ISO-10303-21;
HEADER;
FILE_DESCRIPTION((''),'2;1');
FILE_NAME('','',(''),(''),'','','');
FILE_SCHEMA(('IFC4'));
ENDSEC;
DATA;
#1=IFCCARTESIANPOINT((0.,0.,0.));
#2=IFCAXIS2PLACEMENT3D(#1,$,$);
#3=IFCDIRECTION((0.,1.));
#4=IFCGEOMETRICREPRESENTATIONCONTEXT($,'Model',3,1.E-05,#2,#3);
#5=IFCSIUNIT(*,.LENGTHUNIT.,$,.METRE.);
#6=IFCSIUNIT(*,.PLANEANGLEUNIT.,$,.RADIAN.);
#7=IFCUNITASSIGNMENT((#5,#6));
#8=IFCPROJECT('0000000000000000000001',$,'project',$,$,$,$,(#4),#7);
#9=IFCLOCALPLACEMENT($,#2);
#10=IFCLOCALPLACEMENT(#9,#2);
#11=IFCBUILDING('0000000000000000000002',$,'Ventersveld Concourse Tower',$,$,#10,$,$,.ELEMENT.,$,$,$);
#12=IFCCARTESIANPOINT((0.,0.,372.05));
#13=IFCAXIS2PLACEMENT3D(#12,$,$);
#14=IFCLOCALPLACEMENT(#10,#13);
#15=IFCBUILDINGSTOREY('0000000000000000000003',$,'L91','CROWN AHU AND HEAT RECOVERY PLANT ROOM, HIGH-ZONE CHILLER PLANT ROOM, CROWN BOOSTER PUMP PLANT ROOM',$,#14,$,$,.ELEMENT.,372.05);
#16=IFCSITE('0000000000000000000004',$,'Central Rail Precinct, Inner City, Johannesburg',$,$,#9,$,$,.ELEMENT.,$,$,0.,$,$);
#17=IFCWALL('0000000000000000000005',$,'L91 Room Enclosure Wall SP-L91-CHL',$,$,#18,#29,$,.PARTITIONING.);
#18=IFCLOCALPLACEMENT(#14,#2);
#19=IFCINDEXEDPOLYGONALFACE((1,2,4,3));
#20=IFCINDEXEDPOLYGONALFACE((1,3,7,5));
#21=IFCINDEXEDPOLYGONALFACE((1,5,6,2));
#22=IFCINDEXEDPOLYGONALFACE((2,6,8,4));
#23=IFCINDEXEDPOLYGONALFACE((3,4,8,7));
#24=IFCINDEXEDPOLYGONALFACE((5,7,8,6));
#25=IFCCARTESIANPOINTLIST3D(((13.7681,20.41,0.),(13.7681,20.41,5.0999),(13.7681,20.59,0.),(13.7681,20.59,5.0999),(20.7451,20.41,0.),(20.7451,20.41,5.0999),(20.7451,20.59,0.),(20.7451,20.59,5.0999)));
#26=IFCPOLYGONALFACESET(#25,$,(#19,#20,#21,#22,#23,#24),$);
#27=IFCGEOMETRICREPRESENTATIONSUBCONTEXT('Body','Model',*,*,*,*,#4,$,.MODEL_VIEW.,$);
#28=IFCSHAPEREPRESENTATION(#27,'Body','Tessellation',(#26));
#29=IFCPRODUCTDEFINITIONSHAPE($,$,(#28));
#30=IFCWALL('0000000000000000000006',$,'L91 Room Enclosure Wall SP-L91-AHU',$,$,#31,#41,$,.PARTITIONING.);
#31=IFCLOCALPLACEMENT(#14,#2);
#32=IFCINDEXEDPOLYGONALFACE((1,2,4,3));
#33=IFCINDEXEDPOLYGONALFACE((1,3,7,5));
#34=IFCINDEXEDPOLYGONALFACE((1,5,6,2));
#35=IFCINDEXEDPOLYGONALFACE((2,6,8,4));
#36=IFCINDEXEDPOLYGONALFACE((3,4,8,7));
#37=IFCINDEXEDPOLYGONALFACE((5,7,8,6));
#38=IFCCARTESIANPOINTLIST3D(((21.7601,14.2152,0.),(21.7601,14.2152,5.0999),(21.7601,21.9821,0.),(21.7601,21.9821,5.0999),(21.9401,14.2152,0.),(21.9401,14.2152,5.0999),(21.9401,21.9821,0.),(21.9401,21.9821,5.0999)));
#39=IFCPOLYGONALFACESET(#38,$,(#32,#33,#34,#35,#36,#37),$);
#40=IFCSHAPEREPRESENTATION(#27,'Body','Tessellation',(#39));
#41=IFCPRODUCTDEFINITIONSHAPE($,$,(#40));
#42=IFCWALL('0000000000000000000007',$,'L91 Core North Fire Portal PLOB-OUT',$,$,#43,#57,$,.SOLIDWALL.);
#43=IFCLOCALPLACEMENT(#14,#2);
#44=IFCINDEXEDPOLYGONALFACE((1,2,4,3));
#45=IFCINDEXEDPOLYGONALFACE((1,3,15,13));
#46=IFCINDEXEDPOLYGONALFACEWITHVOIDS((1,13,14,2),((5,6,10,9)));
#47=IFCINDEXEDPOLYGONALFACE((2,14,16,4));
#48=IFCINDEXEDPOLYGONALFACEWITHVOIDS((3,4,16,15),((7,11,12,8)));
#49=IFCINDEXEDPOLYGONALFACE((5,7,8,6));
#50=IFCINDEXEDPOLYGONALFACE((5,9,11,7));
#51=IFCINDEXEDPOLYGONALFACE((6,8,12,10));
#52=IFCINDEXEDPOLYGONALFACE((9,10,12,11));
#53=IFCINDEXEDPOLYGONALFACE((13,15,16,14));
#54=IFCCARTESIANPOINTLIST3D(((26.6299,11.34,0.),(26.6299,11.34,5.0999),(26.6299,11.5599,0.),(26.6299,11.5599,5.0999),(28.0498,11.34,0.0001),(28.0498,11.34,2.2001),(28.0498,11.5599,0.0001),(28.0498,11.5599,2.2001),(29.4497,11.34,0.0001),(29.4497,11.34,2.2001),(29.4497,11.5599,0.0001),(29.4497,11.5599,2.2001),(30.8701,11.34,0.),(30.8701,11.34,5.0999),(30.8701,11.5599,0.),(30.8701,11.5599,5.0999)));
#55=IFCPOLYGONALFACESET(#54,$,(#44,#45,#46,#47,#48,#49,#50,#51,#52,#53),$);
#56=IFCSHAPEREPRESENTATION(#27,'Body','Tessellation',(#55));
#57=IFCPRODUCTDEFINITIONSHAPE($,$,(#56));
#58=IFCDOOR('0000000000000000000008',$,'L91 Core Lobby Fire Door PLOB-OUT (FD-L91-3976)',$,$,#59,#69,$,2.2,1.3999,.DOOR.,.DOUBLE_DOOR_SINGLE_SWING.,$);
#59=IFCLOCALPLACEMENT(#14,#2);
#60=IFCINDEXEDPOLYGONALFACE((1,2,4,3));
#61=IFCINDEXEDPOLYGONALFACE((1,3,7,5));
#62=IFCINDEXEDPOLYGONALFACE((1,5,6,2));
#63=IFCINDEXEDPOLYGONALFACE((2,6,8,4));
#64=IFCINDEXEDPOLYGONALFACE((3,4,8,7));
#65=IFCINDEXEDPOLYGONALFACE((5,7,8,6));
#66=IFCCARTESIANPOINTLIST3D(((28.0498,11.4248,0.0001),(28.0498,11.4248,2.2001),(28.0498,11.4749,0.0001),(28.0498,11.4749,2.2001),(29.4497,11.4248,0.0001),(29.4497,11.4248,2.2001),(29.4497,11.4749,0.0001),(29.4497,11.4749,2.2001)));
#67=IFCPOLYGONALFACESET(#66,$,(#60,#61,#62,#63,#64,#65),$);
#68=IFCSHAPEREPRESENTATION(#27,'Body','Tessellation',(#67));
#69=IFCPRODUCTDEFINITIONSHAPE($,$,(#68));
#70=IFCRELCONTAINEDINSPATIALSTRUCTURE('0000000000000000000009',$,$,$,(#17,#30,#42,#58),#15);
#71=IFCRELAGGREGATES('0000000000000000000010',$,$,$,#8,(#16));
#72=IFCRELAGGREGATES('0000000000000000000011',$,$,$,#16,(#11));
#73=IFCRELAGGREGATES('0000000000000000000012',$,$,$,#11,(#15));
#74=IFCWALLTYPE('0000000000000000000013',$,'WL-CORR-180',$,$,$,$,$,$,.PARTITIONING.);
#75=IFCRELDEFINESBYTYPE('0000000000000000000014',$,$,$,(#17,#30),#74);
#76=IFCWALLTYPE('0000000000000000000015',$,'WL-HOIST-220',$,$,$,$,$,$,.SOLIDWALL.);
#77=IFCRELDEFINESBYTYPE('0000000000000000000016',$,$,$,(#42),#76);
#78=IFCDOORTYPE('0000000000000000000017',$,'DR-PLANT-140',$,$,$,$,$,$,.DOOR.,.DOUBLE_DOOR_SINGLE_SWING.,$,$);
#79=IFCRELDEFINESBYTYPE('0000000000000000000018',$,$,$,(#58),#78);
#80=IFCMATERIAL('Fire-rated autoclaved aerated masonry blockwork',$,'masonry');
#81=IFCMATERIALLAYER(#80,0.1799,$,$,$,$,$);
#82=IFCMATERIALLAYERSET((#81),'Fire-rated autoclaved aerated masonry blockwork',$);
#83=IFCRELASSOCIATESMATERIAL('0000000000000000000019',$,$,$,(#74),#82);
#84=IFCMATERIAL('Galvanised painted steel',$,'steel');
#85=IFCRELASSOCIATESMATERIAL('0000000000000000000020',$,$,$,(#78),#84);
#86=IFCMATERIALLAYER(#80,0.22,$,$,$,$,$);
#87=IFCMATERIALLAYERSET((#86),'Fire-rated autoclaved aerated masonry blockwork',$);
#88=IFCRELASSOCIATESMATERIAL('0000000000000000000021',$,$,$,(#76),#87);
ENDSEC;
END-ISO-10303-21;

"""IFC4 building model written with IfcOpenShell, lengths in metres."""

from ifc_helpers import new_model, si_unit, direction, frame, frame_2d, origin, place, context, subcontext, project, spatial, rectangle, extrude, material, layer, layer_set, type_object, element, fill, save


model = new_model("IFC4")

# Units and contexts
model_context = context("Model", 3, precision=1e-05, world=origin(), true_north=direction((0.0, 1.0)))
body_context = subcontext(model_context, "Body", "Model", "MODEL_VIEW")
ifc_project = project(units=[si_unit("LENGTHUNIT", "METRE"), si_unit("PLANEANGLEUNIT", "RADIAN")], contexts=[model_context])

# Site, building, storey
site_placement = place(None, origin())
site = spatial("IfcSite", under=ifc_project, at=site_placement, Name="Central Rail Precinct, Inner City, Johannesburg", CompositionType="ELEMENT", RefElevation=0.0)
building_placement = place(site_placement, origin())
building = spatial("IfcBuilding", under=site, at=building_placement, Name="Ventersveld Concourse Tower", CompositionType="ELEMENT")
storey_placement = place(building_placement, frame((0.0, 0.0, 372.05)))
storey = spatial("IfcBuildingStorey", under=building, at=storey_placement, Name="L91", Description="CROWN AHU AND HEAT RECOVERY PLANT ROOM, HIGH-ZONE CHILLER PLANT ROOM, CROWN BOOSTER PUMP PLANT ROOM", CompositionType="ELEMENT", Elevation=372.05)

# Shared definitions
ifc_material_1 = material(Name="Fire-rated autoclaved aerated masonry blockwork", Category="masonry")
ifc_layer_1 = layer(ifc_material_1, 0.1799)
ifc_layer_set_1 = layer_set([ifc_layer_1], Name="Fire-rated autoclaved aerated masonry blockwork")
wall_type_1 = type_object("IfcWallType", Name="WL-CORR-180", PredefinedType="PARTITIONING", material=ifc_layer_set_1)
ifc_material_2 = material(Name="Galvanised painted steel", Category="steel")
door_type = type_object("IfcDoorType", Name="DR-PLANT-140", OperationType="DOUBLE_DOOR_SINGLE_SWING", PredefinedType="DOOR", material=ifc_material_2)

# Walls
wall_1_placement = place(storey_placement, frame((20.7451, 20.5, 0.0), z_axis=(0.0, 0.0, 1.0), x_axis=(-1.0, 0.0, 0.0)))
element("IfcWall", 1, at=wall_1_placement, inside=storey, type_object=wall_type_1, Name="L91 Room Enclosure Wall SP-L91-CHL", PredefinedType="PARTITIONING", context=body_context, shape_type="SweptSolid", body=[
    extrude(rectangle(XDim=6.9771, YDim=0.1799, at=frame_2d((3.4885, 0.0))), origin(), (0.0, 0.0, 1.0), 5.0999),
])
wall_2_placement = place(storey_placement, frame((21.8501, 21.9819, 0.0), z_axis=(0.0, 0.0, 1.0), x_axis=(0.0, -1.0, 0.0)))
element("IfcWall", 2, at=wall_2_placement, inside=storey, type_object=wall_type_1, Name="L91 Room Enclosure Wall SP-L91-AHU", PredefinedType="PARTITIONING", context=body_context, shape_type="SweptSolid", body=[
    extrude(rectangle(XDim=7.7668, YDim=0.1799, at=frame_2d((3.8833, 0.0))), origin(), (0.0, 0.0, 1.0), 5.0999),
])

# Wall, opening, door
ifc_layer_2 = layer(ifc_material_1, 0.22)
ifc_layer_set_2 = layer_set([ifc_layer_2], Name="Fire-rated autoclaved aerated masonry blockwork")
wall_type_2 = type_object("IfcWallType", Name="WL-HOIST-220", PredefinedType="SOLIDWALL", material=ifc_layer_set_2)
wall_3_placement = place(storey_placement, frame((26.6299, 11.45, 0.0), z_axis=(0.0, 0.0, 1.0), x_axis=(1.0, 0.0, 0.0)))
wall_3 = element("IfcWall", 3, at=wall_3_placement, inside=storey, type_object=wall_type_2, Name="L91 Core North Fire Portal PLOB-OUT", PredefinedType="SOLIDWALL", context=body_context, shape_type="SweptSolid", body=[
    extrude(rectangle(XDim=4.2402, YDim=0.22, at=frame_2d((2.1201, 0.0))), origin(), (0.0, 0.0, 1.0), 5.0999),
])
opening_1_placement = place(wall_3_placement, frame((1.4199, 0.0, 0.0)))
opening_1 = element("IfcOpeningElement", 4, at=opening_1_placement, cuts=wall_3, PredefinedType="OPENING", context=body_context, shape_type="SweptSolid", body=[
    extrude(rectangle(XDim=1.3999, YDim=2.2, at=frame_2d((0.7, 1.1001))), frame((0.0, 0.1201, 0.0), z_axis=(0.0, -1.0, 0.0), x_axis=(1.0, 0.0, 0.0)), (0.0, 0.0, 1.0), 0.24),
])
door_1_placement = place(opening_1_placement, origin())
door_1 = element("IfcDoor", 5, at=door_1_placement, inside=storey, type_object=door_type, Name="L91 Core Lobby Fire Door PLOB-OUT (FD-L91-3976)", OperationType="DOUBLE_DOOR_SINGLE_SWING", OverallHeight=2.2, OverallWidth=1.3999, PredefinedType="DOOR", context=body_context, shape_type="SweptSolid", body=[
    extrude(rectangle(XDim=1.3999, YDim=2.2, at=frame_2d((0.7, 1.1001))), frame((0.0, 0.0249, 0.0), z_axis=(0.0, -1.0, 0.0), x_axis=(1.0, 0.0, 0.0)), (0.0, 0.0, 1.0), 0.05),
])
fill(opening_1, door_1)

save(model, "model.ifc")
